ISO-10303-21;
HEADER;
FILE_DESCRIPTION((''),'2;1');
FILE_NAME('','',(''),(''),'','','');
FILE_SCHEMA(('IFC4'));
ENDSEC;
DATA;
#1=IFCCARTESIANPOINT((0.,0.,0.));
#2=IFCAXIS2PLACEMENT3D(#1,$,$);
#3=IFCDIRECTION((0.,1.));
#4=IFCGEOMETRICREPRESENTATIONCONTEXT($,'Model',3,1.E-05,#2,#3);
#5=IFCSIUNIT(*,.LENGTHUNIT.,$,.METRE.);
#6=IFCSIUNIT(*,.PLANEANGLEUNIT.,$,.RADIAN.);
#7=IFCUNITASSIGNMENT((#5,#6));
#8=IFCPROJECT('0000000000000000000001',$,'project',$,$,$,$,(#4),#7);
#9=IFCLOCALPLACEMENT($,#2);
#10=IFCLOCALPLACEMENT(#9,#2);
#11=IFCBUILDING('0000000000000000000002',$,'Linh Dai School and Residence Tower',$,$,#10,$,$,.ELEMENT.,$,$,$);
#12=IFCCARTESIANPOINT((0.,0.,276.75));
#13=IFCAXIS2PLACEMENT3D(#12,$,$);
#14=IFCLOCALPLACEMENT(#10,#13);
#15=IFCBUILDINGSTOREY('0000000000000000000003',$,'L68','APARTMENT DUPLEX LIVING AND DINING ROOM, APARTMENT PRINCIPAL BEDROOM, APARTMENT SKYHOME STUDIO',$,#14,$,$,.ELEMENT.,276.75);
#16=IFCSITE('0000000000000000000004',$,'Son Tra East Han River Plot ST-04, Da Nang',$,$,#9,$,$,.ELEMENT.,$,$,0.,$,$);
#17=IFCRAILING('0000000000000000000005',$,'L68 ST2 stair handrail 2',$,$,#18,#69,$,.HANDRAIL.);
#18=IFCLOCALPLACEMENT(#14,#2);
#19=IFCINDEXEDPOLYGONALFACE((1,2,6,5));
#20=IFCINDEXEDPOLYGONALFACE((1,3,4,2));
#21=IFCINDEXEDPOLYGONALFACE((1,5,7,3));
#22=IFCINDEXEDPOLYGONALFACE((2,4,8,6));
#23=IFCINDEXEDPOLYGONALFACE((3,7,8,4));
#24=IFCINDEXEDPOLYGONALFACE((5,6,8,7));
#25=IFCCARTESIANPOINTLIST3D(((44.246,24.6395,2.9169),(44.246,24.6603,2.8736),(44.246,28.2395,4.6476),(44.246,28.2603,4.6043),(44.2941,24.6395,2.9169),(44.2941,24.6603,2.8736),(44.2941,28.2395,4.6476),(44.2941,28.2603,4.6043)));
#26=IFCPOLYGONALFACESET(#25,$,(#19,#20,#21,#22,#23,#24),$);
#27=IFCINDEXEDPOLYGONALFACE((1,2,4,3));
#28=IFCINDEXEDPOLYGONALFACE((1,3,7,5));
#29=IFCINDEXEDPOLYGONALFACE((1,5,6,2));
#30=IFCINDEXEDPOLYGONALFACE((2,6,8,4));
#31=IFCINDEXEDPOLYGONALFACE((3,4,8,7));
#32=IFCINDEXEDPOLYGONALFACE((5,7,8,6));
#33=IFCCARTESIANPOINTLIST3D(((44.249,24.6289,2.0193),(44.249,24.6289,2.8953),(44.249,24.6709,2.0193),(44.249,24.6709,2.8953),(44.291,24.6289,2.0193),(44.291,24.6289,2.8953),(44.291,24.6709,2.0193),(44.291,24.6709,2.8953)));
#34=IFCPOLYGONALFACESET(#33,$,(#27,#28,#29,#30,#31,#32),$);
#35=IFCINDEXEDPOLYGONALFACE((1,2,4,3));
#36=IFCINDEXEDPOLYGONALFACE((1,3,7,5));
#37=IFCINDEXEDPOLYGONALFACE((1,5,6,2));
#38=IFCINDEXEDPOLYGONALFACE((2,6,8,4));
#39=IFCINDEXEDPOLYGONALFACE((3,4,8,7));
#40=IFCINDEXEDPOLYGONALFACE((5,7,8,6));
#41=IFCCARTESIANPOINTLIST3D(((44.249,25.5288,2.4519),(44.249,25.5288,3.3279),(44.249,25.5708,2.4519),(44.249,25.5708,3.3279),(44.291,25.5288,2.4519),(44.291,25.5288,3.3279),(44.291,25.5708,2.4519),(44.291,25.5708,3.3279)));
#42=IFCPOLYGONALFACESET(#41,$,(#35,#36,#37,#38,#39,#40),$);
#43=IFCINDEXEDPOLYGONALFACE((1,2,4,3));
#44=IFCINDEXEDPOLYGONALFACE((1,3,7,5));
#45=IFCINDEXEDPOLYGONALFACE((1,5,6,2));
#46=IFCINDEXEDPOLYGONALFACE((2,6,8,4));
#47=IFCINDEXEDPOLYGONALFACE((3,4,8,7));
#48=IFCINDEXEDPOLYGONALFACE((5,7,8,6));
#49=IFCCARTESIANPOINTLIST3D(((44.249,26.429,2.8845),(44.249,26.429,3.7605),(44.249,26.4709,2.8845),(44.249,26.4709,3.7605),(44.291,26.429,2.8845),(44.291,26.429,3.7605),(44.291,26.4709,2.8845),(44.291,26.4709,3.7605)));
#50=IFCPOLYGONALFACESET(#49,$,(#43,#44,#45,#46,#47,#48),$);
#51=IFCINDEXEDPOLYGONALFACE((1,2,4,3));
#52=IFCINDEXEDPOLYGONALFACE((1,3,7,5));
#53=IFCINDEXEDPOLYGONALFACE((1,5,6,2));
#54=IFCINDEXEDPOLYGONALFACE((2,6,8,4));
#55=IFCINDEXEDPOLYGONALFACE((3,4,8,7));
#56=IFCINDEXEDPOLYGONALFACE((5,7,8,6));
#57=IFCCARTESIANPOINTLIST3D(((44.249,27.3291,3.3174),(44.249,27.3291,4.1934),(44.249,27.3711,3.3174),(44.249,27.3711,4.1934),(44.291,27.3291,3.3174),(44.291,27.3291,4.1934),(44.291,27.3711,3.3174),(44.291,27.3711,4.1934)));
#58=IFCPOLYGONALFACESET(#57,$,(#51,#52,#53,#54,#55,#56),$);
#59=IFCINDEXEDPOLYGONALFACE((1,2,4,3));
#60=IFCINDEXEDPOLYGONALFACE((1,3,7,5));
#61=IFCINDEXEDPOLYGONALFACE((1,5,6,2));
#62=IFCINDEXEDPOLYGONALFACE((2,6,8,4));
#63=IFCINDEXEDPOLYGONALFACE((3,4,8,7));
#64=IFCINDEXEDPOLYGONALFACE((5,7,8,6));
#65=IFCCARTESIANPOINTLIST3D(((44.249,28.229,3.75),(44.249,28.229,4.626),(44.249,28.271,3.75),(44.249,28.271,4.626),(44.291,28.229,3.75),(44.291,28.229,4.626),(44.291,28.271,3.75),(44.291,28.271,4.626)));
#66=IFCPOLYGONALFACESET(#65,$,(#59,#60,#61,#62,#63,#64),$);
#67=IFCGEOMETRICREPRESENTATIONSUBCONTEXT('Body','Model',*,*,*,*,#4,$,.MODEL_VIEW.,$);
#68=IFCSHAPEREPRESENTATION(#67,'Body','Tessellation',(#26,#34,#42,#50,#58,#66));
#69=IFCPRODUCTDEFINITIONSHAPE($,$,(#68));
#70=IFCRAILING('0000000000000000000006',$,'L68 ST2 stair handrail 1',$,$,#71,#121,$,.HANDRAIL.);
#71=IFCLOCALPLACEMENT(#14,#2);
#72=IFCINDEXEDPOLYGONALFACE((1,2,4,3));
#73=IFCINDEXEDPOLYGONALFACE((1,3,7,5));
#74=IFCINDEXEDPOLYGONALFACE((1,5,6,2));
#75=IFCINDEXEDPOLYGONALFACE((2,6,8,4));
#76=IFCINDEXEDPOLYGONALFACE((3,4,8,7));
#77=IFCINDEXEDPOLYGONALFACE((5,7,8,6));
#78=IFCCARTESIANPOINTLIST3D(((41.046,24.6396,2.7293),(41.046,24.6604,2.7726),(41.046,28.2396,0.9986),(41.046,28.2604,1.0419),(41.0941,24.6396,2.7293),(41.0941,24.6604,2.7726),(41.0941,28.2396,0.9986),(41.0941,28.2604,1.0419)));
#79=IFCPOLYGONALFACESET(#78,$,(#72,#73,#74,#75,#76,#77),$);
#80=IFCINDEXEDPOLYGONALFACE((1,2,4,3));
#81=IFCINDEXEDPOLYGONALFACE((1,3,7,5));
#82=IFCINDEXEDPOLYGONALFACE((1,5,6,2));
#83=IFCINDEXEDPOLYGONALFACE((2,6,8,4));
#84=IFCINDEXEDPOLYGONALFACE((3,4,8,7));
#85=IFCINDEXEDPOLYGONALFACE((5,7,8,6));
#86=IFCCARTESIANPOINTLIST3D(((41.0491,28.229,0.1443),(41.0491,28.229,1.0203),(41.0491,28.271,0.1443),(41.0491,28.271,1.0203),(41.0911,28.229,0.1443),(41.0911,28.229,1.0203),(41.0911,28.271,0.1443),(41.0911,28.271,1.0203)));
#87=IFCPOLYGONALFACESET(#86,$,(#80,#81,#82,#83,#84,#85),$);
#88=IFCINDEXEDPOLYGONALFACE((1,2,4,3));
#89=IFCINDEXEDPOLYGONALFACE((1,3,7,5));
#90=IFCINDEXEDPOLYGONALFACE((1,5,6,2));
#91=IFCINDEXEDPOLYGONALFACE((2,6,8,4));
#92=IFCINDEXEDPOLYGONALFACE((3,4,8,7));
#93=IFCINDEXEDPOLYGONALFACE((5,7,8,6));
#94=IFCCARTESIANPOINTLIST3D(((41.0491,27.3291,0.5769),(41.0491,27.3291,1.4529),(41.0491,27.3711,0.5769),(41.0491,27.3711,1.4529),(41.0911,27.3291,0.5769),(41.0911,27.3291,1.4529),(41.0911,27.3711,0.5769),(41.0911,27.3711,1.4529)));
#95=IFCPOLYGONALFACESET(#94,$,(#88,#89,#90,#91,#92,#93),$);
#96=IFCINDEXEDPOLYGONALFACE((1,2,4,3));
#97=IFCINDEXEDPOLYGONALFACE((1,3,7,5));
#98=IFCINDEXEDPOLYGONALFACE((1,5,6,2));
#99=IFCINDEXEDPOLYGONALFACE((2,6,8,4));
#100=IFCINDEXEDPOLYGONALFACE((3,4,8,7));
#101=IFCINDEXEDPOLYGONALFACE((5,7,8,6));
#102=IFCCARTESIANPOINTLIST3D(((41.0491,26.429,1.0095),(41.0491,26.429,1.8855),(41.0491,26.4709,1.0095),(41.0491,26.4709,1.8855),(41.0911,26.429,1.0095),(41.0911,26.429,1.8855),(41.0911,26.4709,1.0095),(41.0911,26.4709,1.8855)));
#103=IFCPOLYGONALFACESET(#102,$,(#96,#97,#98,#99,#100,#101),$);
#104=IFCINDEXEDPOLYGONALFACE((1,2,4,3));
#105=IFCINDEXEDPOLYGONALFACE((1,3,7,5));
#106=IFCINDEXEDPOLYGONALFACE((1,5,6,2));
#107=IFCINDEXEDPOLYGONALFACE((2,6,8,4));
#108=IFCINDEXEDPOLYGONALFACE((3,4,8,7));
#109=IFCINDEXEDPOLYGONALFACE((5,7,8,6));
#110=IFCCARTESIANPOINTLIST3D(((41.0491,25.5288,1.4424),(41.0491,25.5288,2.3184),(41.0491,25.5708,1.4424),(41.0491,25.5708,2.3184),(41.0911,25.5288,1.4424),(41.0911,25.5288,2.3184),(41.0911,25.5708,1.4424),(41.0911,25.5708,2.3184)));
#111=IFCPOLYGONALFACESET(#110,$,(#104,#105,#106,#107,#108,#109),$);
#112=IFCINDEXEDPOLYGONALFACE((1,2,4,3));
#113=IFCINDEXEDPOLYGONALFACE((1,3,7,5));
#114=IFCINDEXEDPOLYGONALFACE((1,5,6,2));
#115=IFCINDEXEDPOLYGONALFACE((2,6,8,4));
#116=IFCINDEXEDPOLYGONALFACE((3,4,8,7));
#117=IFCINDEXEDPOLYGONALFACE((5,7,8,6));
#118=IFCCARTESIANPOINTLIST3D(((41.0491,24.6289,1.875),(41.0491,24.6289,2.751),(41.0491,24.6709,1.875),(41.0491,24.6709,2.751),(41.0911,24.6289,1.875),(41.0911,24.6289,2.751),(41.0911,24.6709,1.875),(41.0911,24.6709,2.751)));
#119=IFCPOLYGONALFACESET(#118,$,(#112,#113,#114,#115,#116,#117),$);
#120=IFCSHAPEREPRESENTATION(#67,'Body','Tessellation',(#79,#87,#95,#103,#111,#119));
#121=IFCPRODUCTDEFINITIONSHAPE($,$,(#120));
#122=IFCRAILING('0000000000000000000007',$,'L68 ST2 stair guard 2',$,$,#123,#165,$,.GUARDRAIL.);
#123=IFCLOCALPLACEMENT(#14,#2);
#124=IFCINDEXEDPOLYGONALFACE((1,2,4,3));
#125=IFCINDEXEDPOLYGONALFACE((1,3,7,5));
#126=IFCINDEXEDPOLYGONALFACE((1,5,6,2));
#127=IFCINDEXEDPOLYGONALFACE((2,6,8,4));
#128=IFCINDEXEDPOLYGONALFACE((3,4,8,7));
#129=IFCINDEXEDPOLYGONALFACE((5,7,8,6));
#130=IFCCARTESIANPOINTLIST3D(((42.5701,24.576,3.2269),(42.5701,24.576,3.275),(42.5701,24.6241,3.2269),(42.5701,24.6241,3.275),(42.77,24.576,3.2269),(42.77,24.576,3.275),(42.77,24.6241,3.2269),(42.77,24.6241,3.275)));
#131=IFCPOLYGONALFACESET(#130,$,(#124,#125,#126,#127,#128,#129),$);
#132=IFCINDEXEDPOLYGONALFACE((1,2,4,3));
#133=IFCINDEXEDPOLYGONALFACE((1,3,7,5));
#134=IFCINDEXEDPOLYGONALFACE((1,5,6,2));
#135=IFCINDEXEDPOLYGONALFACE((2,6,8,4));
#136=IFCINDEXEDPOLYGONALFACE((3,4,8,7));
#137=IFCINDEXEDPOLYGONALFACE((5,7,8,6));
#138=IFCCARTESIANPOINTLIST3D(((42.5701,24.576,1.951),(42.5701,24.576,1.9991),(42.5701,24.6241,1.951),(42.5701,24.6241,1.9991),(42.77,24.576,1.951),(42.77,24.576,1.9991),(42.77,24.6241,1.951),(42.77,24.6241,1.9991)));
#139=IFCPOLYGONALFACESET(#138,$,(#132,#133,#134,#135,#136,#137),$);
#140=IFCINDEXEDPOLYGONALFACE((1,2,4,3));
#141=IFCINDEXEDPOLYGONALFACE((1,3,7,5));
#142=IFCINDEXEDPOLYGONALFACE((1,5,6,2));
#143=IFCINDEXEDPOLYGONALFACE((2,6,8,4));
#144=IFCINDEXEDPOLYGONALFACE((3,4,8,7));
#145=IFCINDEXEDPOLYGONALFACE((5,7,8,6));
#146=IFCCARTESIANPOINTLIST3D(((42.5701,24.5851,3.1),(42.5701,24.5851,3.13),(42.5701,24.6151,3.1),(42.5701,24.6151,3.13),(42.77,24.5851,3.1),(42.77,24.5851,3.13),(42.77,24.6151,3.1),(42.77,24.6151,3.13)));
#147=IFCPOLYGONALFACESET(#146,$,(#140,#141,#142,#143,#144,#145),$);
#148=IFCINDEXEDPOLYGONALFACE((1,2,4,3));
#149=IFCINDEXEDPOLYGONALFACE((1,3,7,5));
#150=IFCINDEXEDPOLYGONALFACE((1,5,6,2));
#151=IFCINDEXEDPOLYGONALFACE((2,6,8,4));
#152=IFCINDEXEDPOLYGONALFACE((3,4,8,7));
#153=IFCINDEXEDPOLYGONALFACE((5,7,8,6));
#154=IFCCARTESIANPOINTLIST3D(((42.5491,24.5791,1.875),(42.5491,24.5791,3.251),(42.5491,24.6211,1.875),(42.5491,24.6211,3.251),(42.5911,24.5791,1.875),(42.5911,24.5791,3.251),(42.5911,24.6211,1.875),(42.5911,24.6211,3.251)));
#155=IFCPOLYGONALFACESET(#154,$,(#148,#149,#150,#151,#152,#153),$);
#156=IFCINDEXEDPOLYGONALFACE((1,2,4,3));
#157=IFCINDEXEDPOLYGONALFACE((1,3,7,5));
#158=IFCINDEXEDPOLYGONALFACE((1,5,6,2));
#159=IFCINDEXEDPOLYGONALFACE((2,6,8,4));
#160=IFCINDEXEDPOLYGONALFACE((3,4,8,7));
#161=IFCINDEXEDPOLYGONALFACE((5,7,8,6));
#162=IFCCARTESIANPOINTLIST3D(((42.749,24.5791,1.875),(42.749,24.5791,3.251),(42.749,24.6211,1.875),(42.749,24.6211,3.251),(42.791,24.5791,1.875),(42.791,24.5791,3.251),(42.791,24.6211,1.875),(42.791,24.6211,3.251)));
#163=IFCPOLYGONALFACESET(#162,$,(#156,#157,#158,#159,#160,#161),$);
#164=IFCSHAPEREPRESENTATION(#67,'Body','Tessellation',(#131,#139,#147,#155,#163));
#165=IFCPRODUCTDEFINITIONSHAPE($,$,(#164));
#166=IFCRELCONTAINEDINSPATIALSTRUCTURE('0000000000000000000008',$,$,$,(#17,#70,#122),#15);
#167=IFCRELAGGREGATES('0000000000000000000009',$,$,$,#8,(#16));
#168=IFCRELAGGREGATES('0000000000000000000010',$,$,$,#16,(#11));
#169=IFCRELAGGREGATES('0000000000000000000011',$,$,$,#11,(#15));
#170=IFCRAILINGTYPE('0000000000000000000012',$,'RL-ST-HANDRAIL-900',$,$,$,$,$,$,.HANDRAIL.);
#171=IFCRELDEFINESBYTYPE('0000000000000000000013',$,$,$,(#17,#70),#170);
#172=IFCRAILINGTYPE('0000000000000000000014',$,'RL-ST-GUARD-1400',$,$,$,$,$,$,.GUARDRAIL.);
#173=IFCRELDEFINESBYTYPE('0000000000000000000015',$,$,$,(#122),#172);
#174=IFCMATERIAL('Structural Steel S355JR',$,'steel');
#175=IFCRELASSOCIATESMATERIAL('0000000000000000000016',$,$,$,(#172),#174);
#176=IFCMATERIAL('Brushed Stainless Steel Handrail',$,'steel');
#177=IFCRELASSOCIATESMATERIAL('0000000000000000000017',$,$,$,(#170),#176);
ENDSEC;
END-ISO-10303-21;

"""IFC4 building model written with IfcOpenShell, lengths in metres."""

from ifc_helpers import new_model, si_unit, direction, frame, origin, origin_2d, place, context, subcontext, project, spatial, rectangle, extrude, source, transform, mapped, material, type_object, element, save


model = new_model("IFC4")

# Units and contexts
model_context = context("Model", 3, precision=1e-05, world=origin(), true_north=direction((0.0, 1.0)))
body_context = subcontext(model_context, "Body", "Model", "MODEL_VIEW")
ifc_project = project(units=[si_unit("LENGTHUNIT", "METRE"), si_unit("PLANEANGLEUNIT", "RADIAN")], contexts=[model_context])

# Site, building, storey
site_placement = place(None, origin())
site = spatial("IfcSite", under=ifc_project, at=site_placement, Name="Son Tra East Han River Plot ST-04, Da Nang", CompositionType="ELEMENT", RefElevation=0.0)
building_placement = place(site_placement, origin())
building = spatial("IfcBuilding", under=site, at=building_placement, Name="Linh Dai School and Residence Tower", CompositionType="ELEMENT")
storey_placement = place(building_placement, frame((0.0, 0.0, 276.75)))
storey = spatial("IfcBuildingStorey", under=building, at=storey_placement, Name="L68", Description="APARTMENT DUPLEX LIVING AND DINING ROOM, APARTMENT PRINCIPAL BEDROOM, APARTMENT SKYHOME STUDIO", CompositionType="ELEMENT", Elevation=276.75)

# Shared definitions
ifc_material_1 = material(Name="Structural Steel S355JR", Category="steel")

# Railings
railing_type_1 = type_object("IfcRailingType", Name="RL-ST-GUARD-1400", PredefinedType="GUARDRAIL", material=ifc_material_1)
ifc_material_2 = material(Name="Brushed Stainless Steel Handrail", Category="steel")
railing_type_2 = type_object("IfcRailingType", Name="RL-ST-HANDRAIL-900", PredefinedType="HANDRAIL", material=ifc_material_2)
shared_shape_1 = source(origin(), body_context, "Body", "SweptSolid", [
    extrude(rectangle(XDim=0.0481, YDim=0.0481, at=origin_2d()), frame((0.0, 0.0, 0.876), z_axis=(0.0, 0.901263, 0.433273), x_axis=(-1.0, 0.0, 0.0)), (0.0, 0.0, 1.0), 3.9944),
    extrude(rectangle(XDim=0.042, YDim=0.042, at=origin_2d()), origin(), (0.0, 0.0, 1.0), 0.876),
    extrude(rectangle(XDim=0.042, YDim=0.042, at=origin_2d()), frame((0.0, 0.8999, 0.4326)), (0.0, 0.0, 1.0), 0.876),
    extrude(rectangle(XDim=0.042, YDim=0.042, at=origin_2d()), frame((0.0, 1.8, 0.8652)), (0.0, 0.0, 1.0), 0.876),
    extrude(rectangle(XDim=0.042, YDim=0.042, at=origin_2d()), frame((0.0, 2.7002, 1.2981)), (0.0, 0.0, 1.0), 0.876),
    extrude(rectangle(XDim=0.042, YDim=0.042, at=origin_2d()), frame((0.0, 3.6001, 1.7307)), (0.0, 0.0, 1.0), 0.876),
])
railing_1_placement = place(storey_placement, frame((44.27, 24.6499, 2.0193)))
element("IfcRailing", 1, at=railing_1_placement, inside=storey, type_object=railing_type_2, Name="L68 ST2 stair handrail 2", PredefinedType="HANDRAIL", context=body_context, shape_type="MappedRepresentation", body=[
    mapped(shared_shape_1, transform((0.0, 0.0, 0.0), x_axis=(1.0, 0.0, 0.0), y_axis=(0.0, 1.0, 0.0), z_axis=(0.0, 0.0, 1.0), scale=1.0)),
])
shared_shape_2 = source(origin(), body_context, "Body", "SweptSolid", [
    extrude(rectangle(XDim=0.0481, YDim=0.0481, at=origin_2d()), frame((0.0, 0.0, 0.876), z_axis=(0.0, -0.901263, 0.433273), x_axis=(1.0, 0.0, 0.0)), (0.0, 0.0, 1.0), 3.9944),
    extrude(rectangle(XDim=0.042, YDim=0.042, at=origin_2d()), origin(), (0.0, 0.0, 1.0), 0.876),
    extrude(rectangle(XDim=0.042, YDim=0.042, at=origin_2d()), frame((0.0, -0.8999, 0.4326)), (0.0, 0.0, 1.0), 0.876),
    extrude(rectangle(XDim=0.042, YDim=0.042, at=origin_2d()), frame((0.0, -1.8, 0.8652)), (0.0, 0.0, 1.0), 0.876),
    extrude(rectangle(XDim=0.042, YDim=0.042, at=origin_2d()), frame((0.0, -2.7002, 1.2981)), (0.0, 0.0, 1.0), 0.876),
    extrude(rectangle(XDim=0.042, YDim=0.042, at=origin_2d()), frame((0.0, -3.6001, 1.7307)), (0.0, 0.0, 1.0), 0.876),
])
railing_2_placement = place(storey_placement, frame((41.0701, 28.25, 0.1443)))
element("IfcRailing", 2, at=railing_2_placement, inside=storey, type_object=railing_type_2, Name="L68 ST2 stair handrail 1", PredefinedType="HANDRAIL", context=body_context, shape_type="MappedRepresentation", body=[
    mapped(shared_shape_2, transform((0.0, 0.0, 0.0), x_axis=(1.0, 0.0, 0.0), y_axis=(0.0, 1.0, 0.0), z_axis=(0.0, 0.0, 1.0), scale=1.0)),
])
shared_shape_3 = source(origin(), body_context, "Body", "SweptSolid", [
    extrude(rectangle(XDim=0.0481, YDim=0.0481, at=origin_2d()), frame((0.0, 0.0, 1.376), z_axis=(1.0, 0.0, 0.0), x_axis=(0.0, 1.0, 0.0)), (0.0, 0.0, 1.0), 0.2),
    extrude(rectangle(XDim=0.0481, YDim=0.0481, at=origin_2d()), frame((0.0, 0.0, 0.1001), z_axis=(1.0, 0.0, 0.0), x_axis=(0.0, 1.0, 0.0)), (0.0, 0.0, 1.0), 0.2),
    extrude(rectangle(XDim=0.03, YDim=0.03, at=origin_2d()), frame((0.0, 0.0, 1.24), z_axis=(1.0, 0.0, 0.0), x_axis=(0.0, 1.0, 0.0)), (0.0, 0.0, 1.0), 0.2),
    extrude(rectangle(XDim=0.042, YDim=0.042, at=origin_2d()), origin(), (0.0, 0.0, 1.0), 1.376),
    extrude(rectangle(XDim=0.042, YDim=0.042, at=origin_2d()), frame((0.2, 0.0, 0.0)), (0.0, 0.0, 1.0), 1.376),
])
railing_3_placement = place(storey_placement, frame((42.5701, 24.6001, 1.875)))
element("IfcRailing", 3, at=railing_3_placement, inside=storey, type_object=railing_type_1, Name="L68 ST2 stair guard 2", PredefinedType="GUARDRAIL", context=body_context, shape_type="MappedRepresentation", body=[
    mapped(shared_shape_3, transform((0.0, 0.0, 0.0), x_axis=(1.0, 0.0, 0.0), y_axis=(0.0, 1.0, 0.0), z_axis=(0.0, 0.0, 1.0), scale=1.0)),
])

save(model, "model.ifc")
